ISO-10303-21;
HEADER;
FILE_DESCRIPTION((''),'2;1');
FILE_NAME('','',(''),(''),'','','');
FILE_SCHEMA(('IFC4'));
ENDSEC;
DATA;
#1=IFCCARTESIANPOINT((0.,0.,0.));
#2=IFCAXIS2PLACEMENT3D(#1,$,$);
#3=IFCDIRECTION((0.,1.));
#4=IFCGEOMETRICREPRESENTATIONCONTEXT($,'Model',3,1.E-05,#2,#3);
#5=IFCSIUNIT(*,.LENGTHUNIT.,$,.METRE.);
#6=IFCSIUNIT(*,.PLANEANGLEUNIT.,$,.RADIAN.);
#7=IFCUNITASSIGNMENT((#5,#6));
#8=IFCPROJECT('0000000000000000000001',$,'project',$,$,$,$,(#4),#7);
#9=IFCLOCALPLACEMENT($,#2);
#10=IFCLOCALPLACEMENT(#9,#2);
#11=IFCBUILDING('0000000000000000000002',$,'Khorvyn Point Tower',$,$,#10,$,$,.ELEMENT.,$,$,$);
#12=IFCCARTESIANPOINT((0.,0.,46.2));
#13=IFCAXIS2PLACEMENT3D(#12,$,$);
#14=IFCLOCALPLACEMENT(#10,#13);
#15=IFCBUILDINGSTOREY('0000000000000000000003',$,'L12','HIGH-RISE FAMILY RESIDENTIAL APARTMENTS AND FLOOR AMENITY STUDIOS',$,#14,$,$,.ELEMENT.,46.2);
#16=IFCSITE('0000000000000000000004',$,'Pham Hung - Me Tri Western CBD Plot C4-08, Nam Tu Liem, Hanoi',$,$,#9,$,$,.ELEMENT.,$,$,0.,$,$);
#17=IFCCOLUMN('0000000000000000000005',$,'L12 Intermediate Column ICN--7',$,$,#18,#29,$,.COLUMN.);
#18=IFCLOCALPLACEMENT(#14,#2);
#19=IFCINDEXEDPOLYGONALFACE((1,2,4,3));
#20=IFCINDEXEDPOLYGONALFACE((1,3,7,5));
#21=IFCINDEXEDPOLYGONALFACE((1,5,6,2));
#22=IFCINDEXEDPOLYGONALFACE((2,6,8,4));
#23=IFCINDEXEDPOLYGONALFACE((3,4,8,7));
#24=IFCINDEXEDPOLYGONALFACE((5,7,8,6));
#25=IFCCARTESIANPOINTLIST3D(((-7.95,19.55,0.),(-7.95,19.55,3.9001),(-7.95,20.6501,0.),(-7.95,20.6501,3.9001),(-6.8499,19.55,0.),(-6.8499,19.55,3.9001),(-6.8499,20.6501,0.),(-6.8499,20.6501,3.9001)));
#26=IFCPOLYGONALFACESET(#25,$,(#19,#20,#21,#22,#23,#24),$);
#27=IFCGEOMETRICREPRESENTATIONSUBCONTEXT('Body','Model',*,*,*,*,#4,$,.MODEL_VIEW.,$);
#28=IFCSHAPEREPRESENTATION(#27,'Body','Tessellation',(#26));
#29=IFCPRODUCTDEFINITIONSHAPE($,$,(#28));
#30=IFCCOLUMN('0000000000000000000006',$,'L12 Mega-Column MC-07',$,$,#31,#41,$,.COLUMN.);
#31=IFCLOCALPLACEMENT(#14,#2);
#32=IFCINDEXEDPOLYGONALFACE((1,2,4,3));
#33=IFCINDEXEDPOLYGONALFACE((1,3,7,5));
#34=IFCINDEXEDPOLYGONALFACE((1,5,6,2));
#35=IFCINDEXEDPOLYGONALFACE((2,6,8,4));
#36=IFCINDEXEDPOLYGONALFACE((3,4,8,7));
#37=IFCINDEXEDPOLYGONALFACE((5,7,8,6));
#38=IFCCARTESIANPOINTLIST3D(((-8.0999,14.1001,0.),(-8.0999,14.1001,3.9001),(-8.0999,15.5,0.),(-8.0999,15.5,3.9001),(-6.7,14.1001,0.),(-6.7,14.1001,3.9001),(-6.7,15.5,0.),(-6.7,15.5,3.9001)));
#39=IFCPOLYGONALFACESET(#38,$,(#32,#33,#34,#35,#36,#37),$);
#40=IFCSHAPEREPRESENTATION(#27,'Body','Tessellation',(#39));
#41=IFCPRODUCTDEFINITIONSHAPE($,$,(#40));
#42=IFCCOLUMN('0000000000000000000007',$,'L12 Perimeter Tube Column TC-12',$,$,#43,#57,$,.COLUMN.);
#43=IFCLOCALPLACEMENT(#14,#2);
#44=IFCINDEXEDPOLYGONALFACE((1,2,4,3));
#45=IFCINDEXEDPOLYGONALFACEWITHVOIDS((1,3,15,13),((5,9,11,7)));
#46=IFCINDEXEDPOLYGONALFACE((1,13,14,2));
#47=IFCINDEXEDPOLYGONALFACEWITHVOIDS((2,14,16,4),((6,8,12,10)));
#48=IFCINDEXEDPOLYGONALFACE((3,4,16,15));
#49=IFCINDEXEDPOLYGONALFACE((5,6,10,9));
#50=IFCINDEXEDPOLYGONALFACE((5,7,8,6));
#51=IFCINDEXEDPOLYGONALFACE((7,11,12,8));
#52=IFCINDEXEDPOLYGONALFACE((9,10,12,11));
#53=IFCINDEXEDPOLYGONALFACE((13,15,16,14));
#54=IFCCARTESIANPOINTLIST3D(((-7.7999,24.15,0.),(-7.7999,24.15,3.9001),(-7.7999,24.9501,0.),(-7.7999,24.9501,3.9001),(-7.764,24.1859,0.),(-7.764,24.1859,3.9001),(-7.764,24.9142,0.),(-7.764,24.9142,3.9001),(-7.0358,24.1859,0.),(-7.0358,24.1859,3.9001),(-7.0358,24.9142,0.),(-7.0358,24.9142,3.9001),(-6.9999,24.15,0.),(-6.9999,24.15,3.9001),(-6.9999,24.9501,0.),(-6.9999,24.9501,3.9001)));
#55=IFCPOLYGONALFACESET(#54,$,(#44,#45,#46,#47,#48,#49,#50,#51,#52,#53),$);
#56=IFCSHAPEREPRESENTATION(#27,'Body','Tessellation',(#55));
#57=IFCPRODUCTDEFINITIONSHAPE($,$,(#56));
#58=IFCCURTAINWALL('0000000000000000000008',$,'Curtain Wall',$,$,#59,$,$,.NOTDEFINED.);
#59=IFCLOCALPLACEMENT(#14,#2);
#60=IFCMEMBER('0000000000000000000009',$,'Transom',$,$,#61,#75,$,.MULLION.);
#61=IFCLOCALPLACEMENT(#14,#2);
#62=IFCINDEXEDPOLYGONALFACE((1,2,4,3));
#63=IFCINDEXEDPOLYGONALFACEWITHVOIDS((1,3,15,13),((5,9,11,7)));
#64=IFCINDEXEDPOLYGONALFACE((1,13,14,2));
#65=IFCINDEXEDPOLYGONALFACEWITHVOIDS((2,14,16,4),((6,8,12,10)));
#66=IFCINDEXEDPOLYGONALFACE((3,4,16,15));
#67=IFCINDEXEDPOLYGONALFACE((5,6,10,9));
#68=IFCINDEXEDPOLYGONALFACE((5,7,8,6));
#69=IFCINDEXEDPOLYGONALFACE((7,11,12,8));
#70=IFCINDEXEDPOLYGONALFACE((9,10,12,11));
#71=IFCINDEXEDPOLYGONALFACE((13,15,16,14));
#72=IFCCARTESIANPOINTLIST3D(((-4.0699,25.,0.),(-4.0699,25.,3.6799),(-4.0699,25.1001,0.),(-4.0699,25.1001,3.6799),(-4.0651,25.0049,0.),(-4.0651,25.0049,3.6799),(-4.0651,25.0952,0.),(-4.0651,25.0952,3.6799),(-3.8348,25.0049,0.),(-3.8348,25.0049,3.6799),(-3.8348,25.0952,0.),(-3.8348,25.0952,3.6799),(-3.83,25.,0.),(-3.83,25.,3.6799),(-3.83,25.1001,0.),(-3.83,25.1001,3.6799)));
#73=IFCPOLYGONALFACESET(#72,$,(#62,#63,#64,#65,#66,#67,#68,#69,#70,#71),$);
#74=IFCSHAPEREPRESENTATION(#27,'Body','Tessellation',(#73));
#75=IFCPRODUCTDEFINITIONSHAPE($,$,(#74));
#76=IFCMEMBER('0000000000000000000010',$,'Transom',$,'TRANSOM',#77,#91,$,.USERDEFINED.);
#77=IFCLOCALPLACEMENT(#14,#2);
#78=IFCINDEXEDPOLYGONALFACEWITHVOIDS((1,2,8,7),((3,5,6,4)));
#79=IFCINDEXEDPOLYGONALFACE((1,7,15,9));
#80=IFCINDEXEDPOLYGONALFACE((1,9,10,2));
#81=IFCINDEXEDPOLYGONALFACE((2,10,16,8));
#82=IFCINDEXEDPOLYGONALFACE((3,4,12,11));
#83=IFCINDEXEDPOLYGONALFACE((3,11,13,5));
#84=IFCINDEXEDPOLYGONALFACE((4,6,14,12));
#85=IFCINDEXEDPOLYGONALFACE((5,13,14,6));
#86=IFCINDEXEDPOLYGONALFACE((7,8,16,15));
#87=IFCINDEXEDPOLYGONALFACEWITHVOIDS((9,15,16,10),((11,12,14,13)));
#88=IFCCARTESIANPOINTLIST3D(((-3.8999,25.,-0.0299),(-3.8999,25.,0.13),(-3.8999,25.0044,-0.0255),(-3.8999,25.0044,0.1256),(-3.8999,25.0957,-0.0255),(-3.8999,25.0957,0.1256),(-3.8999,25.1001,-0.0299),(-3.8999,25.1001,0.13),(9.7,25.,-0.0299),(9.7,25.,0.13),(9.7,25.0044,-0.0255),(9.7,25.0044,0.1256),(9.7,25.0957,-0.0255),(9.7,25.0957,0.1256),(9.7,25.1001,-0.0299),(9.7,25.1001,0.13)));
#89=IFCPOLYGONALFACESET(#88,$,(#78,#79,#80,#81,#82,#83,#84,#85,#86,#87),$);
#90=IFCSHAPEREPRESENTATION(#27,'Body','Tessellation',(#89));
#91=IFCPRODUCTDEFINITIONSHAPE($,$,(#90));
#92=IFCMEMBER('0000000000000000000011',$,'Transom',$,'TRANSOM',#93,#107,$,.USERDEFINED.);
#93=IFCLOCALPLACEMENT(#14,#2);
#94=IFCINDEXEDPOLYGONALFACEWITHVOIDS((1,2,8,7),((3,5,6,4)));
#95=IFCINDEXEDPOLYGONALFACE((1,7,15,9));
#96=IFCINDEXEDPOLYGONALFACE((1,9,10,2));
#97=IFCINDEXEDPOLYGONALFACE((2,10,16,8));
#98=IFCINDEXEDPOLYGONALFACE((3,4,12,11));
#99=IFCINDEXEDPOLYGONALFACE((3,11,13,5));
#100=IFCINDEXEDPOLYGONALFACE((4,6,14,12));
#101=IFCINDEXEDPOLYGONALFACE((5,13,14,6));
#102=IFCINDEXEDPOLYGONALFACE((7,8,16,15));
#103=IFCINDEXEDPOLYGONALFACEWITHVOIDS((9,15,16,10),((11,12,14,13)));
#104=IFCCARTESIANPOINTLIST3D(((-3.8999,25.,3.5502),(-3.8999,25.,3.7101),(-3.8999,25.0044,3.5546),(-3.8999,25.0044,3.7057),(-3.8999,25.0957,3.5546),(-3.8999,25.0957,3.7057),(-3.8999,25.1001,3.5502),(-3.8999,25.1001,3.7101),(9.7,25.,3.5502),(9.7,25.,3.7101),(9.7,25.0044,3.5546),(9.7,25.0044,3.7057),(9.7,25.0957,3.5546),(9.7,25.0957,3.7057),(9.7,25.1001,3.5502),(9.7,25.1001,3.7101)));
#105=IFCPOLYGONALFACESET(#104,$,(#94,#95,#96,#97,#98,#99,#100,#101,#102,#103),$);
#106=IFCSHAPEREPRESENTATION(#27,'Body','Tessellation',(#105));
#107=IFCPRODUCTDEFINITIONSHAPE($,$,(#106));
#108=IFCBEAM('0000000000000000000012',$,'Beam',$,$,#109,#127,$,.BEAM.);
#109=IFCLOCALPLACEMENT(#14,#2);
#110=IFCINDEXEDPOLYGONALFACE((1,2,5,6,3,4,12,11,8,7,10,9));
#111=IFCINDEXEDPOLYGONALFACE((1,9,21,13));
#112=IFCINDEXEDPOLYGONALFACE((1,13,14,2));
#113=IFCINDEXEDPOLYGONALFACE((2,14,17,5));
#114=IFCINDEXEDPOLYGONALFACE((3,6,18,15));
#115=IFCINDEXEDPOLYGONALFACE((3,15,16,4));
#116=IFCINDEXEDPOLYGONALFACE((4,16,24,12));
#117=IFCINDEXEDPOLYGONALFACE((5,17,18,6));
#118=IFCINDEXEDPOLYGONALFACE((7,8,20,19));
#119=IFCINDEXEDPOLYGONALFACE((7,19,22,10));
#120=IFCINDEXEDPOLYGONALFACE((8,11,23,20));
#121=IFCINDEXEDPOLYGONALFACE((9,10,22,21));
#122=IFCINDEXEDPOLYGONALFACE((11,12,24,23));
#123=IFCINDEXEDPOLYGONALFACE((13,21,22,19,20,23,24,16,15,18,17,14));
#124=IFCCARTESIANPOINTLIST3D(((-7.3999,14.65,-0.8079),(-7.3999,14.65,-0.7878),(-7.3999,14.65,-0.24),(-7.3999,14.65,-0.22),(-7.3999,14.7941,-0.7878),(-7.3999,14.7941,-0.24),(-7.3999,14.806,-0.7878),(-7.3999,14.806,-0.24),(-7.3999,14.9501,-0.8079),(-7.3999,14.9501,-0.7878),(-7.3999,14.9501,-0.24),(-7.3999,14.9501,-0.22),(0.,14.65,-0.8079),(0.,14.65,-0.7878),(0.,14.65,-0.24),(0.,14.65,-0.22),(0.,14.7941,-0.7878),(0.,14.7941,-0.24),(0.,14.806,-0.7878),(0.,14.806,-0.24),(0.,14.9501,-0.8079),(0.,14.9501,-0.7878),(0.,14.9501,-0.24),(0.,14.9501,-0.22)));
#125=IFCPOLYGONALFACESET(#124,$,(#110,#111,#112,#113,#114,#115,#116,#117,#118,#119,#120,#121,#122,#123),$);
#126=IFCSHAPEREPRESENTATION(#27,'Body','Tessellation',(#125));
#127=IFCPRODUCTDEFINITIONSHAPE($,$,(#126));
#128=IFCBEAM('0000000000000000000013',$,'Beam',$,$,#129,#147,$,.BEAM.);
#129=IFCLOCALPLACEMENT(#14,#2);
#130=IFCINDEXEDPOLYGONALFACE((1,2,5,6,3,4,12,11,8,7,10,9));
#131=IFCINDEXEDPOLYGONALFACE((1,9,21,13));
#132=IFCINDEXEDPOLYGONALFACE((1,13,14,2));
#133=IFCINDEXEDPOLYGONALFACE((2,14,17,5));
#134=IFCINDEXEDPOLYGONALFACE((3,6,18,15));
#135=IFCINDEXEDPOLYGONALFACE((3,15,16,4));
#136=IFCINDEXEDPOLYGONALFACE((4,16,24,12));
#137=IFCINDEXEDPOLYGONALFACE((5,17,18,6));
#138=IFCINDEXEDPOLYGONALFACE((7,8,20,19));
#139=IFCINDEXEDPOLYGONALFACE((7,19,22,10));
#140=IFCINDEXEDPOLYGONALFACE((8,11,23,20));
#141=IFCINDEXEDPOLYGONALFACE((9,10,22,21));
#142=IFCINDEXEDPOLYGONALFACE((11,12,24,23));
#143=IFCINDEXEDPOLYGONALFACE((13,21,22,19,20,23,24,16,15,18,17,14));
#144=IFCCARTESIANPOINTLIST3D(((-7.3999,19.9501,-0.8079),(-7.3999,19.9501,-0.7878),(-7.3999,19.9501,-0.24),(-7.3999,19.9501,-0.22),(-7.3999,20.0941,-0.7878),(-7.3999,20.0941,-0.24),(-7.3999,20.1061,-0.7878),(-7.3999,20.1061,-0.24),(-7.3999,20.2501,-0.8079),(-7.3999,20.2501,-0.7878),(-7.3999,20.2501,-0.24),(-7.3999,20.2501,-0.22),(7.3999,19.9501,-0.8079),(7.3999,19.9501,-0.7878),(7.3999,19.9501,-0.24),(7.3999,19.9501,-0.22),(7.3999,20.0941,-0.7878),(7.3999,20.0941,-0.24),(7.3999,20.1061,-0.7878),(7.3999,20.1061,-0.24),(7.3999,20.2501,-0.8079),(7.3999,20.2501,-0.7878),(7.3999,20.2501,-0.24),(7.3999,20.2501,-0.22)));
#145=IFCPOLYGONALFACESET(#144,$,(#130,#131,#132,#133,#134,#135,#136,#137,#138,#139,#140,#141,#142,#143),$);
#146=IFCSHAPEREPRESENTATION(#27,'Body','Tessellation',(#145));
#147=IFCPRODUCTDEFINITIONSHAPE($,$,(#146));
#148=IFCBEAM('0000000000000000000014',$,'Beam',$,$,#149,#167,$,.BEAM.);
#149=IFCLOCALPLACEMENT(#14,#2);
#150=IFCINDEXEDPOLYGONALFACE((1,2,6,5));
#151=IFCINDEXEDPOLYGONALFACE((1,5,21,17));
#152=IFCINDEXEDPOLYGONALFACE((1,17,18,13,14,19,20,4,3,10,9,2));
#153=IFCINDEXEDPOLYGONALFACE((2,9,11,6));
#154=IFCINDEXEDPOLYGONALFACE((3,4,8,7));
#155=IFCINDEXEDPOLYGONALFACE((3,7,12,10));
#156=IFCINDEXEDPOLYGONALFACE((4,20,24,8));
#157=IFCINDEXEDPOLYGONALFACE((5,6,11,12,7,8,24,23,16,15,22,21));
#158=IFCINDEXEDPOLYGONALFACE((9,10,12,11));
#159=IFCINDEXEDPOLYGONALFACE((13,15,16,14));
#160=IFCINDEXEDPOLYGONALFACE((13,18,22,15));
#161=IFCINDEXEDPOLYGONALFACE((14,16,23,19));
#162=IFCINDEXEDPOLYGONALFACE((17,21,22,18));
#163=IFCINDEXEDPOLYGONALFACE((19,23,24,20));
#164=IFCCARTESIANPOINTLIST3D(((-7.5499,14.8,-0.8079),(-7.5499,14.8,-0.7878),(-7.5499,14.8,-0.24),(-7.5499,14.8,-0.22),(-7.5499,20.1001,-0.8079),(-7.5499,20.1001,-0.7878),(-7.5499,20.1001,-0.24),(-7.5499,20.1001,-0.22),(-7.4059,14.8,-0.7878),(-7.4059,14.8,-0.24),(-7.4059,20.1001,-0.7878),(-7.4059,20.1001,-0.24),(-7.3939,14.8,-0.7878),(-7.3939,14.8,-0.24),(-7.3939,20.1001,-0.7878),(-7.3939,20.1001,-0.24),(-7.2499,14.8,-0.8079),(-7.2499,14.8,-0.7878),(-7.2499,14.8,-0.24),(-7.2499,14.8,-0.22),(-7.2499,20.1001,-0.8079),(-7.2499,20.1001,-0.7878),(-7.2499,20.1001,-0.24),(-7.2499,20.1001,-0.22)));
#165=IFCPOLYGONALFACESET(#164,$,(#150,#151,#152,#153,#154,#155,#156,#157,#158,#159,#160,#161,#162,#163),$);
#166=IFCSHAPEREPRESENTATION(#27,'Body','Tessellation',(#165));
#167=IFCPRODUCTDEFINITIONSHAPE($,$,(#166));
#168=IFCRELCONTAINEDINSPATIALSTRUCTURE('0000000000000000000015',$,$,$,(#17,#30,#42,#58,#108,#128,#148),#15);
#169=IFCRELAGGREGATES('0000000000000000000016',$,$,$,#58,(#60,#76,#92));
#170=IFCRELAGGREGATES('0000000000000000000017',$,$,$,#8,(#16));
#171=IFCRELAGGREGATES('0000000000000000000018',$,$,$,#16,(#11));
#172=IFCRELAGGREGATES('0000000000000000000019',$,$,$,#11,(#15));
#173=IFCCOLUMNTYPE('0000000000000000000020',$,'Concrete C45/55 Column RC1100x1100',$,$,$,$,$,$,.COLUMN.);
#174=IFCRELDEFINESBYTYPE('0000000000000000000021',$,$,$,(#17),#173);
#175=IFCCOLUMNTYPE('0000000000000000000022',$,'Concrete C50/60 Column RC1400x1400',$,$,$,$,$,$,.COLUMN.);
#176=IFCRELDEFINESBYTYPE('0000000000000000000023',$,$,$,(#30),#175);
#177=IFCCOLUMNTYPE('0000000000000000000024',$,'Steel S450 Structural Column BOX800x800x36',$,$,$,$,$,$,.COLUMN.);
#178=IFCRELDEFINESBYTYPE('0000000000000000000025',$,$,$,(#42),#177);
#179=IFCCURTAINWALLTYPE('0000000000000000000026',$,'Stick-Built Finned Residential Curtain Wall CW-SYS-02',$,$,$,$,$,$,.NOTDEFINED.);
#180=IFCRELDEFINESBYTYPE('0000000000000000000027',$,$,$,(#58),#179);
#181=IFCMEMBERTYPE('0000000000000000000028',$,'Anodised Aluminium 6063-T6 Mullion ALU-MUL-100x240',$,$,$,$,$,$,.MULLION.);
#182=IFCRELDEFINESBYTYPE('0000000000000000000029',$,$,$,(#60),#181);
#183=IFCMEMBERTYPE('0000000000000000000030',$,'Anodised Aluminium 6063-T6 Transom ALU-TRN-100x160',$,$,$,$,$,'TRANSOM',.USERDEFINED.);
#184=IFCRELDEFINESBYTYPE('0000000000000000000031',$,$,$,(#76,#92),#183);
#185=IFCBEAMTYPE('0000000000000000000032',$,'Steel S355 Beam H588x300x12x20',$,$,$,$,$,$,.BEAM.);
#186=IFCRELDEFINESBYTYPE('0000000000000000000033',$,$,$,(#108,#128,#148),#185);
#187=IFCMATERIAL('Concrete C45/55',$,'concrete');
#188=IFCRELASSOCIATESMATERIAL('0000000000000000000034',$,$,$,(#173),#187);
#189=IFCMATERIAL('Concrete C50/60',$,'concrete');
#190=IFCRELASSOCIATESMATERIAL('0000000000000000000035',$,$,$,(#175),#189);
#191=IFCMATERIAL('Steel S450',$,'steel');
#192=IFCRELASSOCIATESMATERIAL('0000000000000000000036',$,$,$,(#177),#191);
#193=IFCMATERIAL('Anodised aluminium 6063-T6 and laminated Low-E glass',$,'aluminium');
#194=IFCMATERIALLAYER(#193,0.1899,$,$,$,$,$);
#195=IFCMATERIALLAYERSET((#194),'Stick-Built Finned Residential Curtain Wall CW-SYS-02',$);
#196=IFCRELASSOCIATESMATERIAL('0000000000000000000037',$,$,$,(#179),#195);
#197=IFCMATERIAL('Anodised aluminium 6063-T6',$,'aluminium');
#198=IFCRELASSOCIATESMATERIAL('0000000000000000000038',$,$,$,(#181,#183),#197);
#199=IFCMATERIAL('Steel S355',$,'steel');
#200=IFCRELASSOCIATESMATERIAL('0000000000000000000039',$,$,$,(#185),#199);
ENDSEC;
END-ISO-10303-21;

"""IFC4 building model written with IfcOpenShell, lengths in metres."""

from ifc_helpers import new_model, si_unit, direction, frame, origin, origin_2d, place, context, subcontext, project, spatial, rectangle, hollow_rectangle, i_section, extrude, material, layer, layer_set, material_profile, profile_set, type_object, element, aggregate, save


model = new_model("IFC4")

# Units and contexts
model_context = context("Model", 3, precision=1e-05, world=origin(), true_north=direction((0.0, 1.0)))
body_context = subcontext(model_context, "Body", "Model", "MODEL_VIEW")
ifc_project = project(units=[si_unit("LENGTHUNIT", "METRE"), si_unit("PLANEANGLEUNIT", "RADIAN")], contexts=[model_context])

# Site, building, storey
site_placement = place(None, origin())
site = spatial("IfcSite", under=ifc_project, at=site_placement, Name="Pham Hung - Me Tri Western CBD Plot C4-08, Nam Tu Liem, Hanoi", CompositionType="ELEMENT", RefElevation=0.0)
building_placement = place(site_placement, origin())
building = spatial("IfcBuilding", under=site, at=building_placement, Name="Khorvyn Point Tower", CompositionType="ELEMENT")
storey_placement = place(building_placement, frame((0.0, 0.0, 46.2)))
storey = spatial("IfcBuildingStorey", under=building, at=storey_placement, Name="L12", Description="HIGH-RISE FAMILY RESIDENTIAL APARTMENTS AND FLOOR AMENITY STUDIOS", CompositionType="ELEMENT", Elevation=46.2)

# Columns
ifc_material_1 = material(Name="Concrete C45/55", Category="concrete")
ifc_material_profile_1 = material_profile(ifc_material_1, rectangle(XDim=1.1001, YDim=1.1001, at=origin_2d()))
ifc_profile_set_1 = profile_set([ifc_material_profile_1], Name="Concrete C45/55 RC1100x1100")
column_type_1 = type_object("IfcColumnType", Name="Concrete C45/55 Column RC1100x1100", PredefinedType="COLUMN", material=ifc_profile_set_1)
column_1_placement = place(storey_placement, frame((-7.3999, 20.1001, 0.0), z_axis=(0.0, 0.0, 1.0), x_axis=(1.0, 0.0, 0.0)))
element("IfcColumn", 1, at=column_1_placement, inside=storey, type_object=column_type_1, Name="L12 Intermediate Column ICN--7", PredefinedType="COLUMN", context=body_context, shape_type="SweptSolid", body=[
    extrude(rectangle(XDim=1.1001, YDim=1.1001, at=origin_2d()), origin(), (0.0, 0.0, 1.0), 3.9001),
])
ifc_material_2 = material(Name="Concrete C50/60", Category="concrete")
ifc_material_profile_2 = material_profile(ifc_material_2, rectangle(XDim=1.3999, YDim=1.3999, at=origin_2d()))
ifc_profile_set_2 = profile_set([ifc_material_profile_2], Name="Concrete C50/60 RC1400x1400")
column_type_2 = type_object("IfcColumnType", Name="Concrete C50/60 Column RC1400x1400", PredefinedType="COLUMN", material=ifc_profile_set_2)
column_2_placement = place(storey_placement, frame((-7.3999, 14.8, 0.0), z_axis=(0.0, 0.0, 1.0), x_axis=(1.0, 0.0, 0.0)))
element("IfcColumn", 2, at=column_2_placement, inside=storey, type_object=column_type_2, Name="L12 Mega-Column MC-07", PredefinedType="COLUMN", context=body_context, shape_type="SweptSolid", body=[
    extrude(rectangle(XDim=1.3999, YDim=1.3999, at=origin_2d()), origin(), (0.0, 0.0, 1.0), 3.9001),
])
ifc_material_3 = material(Name="Steel S450", Category="steel")
ifc_material_profile_3 = material_profile(ifc_material_3, hollow_rectangle(XDim=0.8, YDim=0.8, WallThickness=0.0359, at=origin_2d()))
ifc_profile_set_3 = profile_set([ifc_material_profile_3], Name="Steel S450 BOX800x800x36")
column_type_3 = type_object("IfcColumnType", Name="Steel S450 Structural Column BOX800x800x36", PredefinedType="COLUMN", material=ifc_profile_set_3)
column_3_placement = place(storey_placement, frame((-7.3999, 24.55, 0.0), z_axis=(0.0, 0.0, 1.0), x_axis=(1.0, 0.0, 0.0)))
element("IfcColumn", 3, at=column_3_placement, inside=storey, type_object=column_type_3, Name="L12 Perimeter Tube Column TC-12", PredefinedType="COLUMN", context=body_context, shape_type="SweptSolid", body=[
    extrude(hollow_rectangle(XDim=0.8, YDim=0.8, WallThickness=0.0359, at=origin_2d()), origin(), (0.0, 0.0, 1.0), 3.9001),
])

# Curtain wall, members
ifc_material_4 = material(Name="Anodised aluminium 6063-T6 and laminated Low-E glass", Category="aluminium")
ifc_layer_1 = layer(ifc_material_4, 0.1899)
ifc_layer_set_1 = layer_set([ifc_layer_1], Name="Stick-Built Finned Residential Curtain Wall CW-SYS-02")
curtain_wall_type = type_object("IfcCurtainWallType", Name="Stick-Built Finned Residential Curtain Wall CW-SYS-02", PredefinedType="NOTDEFINED", material=ifc_layer_set_1)
curtain_wall_placement = place(storey_placement, origin())
curtain_wall = element("IfcCurtainWall", 4, at=curtain_wall_placement, inside=storey, type_object=curtain_wall_type, Name="Curtain Wall", PredefinedType="NOTDEFINED")
ifc_material_5 = material(Name="Anodised aluminium 6063-T6", Category="aluminium")
ifc_material_profile_4 = material_profile(ifc_material_5, hollow_rectangle(XDim=0.1001, YDim=0.24, WallThickness=0.0049, at=origin_2d()))
ifc_profile_set_4 = profile_set([ifc_material_profile_4], Name="Anodised aluminium 6063-T6 ALU-MUL-100x240")
member_type_1 = type_object("IfcMemberType", Name="Anodised Aluminium 6063-T6 Mullion ALU-MUL-100x240", PredefinedType="MULLION", material=ifc_profile_set_4)
member_1_placement = place(storey_placement, frame((-3.95, 25.05, 0.0), z_axis=(0.0, 0.0, 1.0), x_axis=(0.0, 1.0, 0.0)))
member_1 = element("IfcMember", 5, at=member_1_placement, type_object=member_type_1, Name="Transom", PredefinedType="MULLION", context=body_context, shape_type="SweptSolid", body=[
    extrude(hollow_rectangle(XDim=0.1001, YDim=0.24, WallThickness=0.0049, at=origin_2d()), origin(), (0.0, 0.0, 1.0), 3.6799),
])
ifc_material_profile_5 = material_profile(ifc_material_5, hollow_rectangle(XDim=0.1001, YDim=0.1599, WallThickness=0.0044, at=origin_2d()))
ifc_profile_set_5 = profile_set([ifc_material_profile_5], Name="Anodised aluminium 6063-T6 ALU-TRN-100x160")
member_type_2 = type_object("IfcMemberType", Name="Anodised Aluminium 6063-T6 Transom ALU-TRN-100x160", ElementType="TRANSOM", PredefinedType="USERDEFINED", material=ifc_profile_set_5)
member_2_placement = place(storey_placement, frame((-3.8999, 25.05, 0.05), z_axis=(1.0, 0.0, 0.0), x_axis=(0.0, 1.0, 0.0)))
member_2 = element("IfcMember", 6, at=member_2_placement, type_object=member_type_2, Name="Transom", ObjectType="TRANSOM", PredefinedType="USERDEFINED", context=body_context, shape_type="SweptSolid", body=[
    extrude(hollow_rectangle(XDim=0.1001, YDim=0.1599, WallThickness=0.0044, at=origin_2d()), origin(), (0.0, 0.0, 1.0), 13.5999),
])
member_3_placement = place(storey_placement, frame((-3.8999, 25.05, 3.6301), z_axis=(1.0, 0.0, 0.0), x_axis=(0.0, 1.0, 0.0)))
member_3 = element("IfcMember", 7, at=member_3_placement, type_object=member_type_2, Name="Transom", ObjectType="TRANSOM", PredefinedType="USERDEFINED", context=body_context, shape_type="SweptSolid", body=[
    extrude(hollow_rectangle(XDim=0.1001, YDim=0.1599, WallThickness=0.0044, at=origin_2d()), origin(), (0.0, 0.0, 1.0), 13.5999),
])

# Beams
ifc_material_6 = material(Name="Steel S355", Category="steel")
ifc_material_profile_6 = material_profile(ifc_material_6, i_section(OverallWidth=0.3, OverallDepth=0.5879, WebThickness=0.012, FlangeThickness=0.02, at=origin_2d()))
ifc_profile_set_6 = profile_set([ifc_material_profile_6], Name="Steel S355 H588x300x12x20")
beam_type_1 = type_object("IfcBeamType", Name="Steel S355 Beam H588x300x12x20", PredefinedType="BEAM", material=ifc_profile_set_6)
beam_1_placement = place(storey_placement, frame((-7.3999, 14.8, -0.5139), z_axis=(1.0, 0.0, 0.0), x_axis=(0.0, 1.0, 0.0)))
element("IfcBeam", 8, at=beam_1_placement, inside=storey, type_object=beam_type_1, Name="Beam", PredefinedType="BEAM", context=body_context, shape_type="SweptSolid", body=[
    extrude(i_section(OverallWidth=0.3, OverallDepth=0.5879, WebThickness=0.012, FlangeThickness=0.02, at=origin_2d()), origin(), (0.0, 0.0, 1.0), 7.3999),
])
beam_2_placement = place(storey_placement, frame((-7.3999, 20.1001, -0.5139), z_axis=(1.0, 0.0, 0.0), x_axis=(0.0, 1.0, 0.0)))
element("IfcBeam", 9, at=beam_2_placement, inside=storey, type_object=beam_type_1, Name="Beam", PredefinedType="BEAM", context=body_context, shape_type="SweptSolid", body=[
    extrude(i_section(OverallWidth=0.3, OverallDepth=0.5879, WebThickness=0.012, FlangeThickness=0.02, at=origin_2d()), origin(), (0.0, 0.0, 1.0), 14.7998),
])
beam_3_placement = place(storey_placement, frame((-7.3999, 14.8, -0.5139), z_axis=(0.0, 1.0, 0.0), x_axis=(-1.0, 0.0, 0.0)))
element("IfcBeam", 10, at=beam_3_placement, inside=storey, type_object=beam_type_1, Name="Beam", PredefinedType="BEAM", context=body_context, shape_type="SweptSolid", body=[
    extrude(i_section(OverallWidth=0.3, OverallDepth=0.5879, WebThickness=0.012, FlangeThickness=0.02, at=origin_2d()), origin(), (0.0, 0.0, 1.0), 5.3),
])

aggregate(curtain_wall, [member_1, member_2, member_3])

save(model, "model.ifc")
